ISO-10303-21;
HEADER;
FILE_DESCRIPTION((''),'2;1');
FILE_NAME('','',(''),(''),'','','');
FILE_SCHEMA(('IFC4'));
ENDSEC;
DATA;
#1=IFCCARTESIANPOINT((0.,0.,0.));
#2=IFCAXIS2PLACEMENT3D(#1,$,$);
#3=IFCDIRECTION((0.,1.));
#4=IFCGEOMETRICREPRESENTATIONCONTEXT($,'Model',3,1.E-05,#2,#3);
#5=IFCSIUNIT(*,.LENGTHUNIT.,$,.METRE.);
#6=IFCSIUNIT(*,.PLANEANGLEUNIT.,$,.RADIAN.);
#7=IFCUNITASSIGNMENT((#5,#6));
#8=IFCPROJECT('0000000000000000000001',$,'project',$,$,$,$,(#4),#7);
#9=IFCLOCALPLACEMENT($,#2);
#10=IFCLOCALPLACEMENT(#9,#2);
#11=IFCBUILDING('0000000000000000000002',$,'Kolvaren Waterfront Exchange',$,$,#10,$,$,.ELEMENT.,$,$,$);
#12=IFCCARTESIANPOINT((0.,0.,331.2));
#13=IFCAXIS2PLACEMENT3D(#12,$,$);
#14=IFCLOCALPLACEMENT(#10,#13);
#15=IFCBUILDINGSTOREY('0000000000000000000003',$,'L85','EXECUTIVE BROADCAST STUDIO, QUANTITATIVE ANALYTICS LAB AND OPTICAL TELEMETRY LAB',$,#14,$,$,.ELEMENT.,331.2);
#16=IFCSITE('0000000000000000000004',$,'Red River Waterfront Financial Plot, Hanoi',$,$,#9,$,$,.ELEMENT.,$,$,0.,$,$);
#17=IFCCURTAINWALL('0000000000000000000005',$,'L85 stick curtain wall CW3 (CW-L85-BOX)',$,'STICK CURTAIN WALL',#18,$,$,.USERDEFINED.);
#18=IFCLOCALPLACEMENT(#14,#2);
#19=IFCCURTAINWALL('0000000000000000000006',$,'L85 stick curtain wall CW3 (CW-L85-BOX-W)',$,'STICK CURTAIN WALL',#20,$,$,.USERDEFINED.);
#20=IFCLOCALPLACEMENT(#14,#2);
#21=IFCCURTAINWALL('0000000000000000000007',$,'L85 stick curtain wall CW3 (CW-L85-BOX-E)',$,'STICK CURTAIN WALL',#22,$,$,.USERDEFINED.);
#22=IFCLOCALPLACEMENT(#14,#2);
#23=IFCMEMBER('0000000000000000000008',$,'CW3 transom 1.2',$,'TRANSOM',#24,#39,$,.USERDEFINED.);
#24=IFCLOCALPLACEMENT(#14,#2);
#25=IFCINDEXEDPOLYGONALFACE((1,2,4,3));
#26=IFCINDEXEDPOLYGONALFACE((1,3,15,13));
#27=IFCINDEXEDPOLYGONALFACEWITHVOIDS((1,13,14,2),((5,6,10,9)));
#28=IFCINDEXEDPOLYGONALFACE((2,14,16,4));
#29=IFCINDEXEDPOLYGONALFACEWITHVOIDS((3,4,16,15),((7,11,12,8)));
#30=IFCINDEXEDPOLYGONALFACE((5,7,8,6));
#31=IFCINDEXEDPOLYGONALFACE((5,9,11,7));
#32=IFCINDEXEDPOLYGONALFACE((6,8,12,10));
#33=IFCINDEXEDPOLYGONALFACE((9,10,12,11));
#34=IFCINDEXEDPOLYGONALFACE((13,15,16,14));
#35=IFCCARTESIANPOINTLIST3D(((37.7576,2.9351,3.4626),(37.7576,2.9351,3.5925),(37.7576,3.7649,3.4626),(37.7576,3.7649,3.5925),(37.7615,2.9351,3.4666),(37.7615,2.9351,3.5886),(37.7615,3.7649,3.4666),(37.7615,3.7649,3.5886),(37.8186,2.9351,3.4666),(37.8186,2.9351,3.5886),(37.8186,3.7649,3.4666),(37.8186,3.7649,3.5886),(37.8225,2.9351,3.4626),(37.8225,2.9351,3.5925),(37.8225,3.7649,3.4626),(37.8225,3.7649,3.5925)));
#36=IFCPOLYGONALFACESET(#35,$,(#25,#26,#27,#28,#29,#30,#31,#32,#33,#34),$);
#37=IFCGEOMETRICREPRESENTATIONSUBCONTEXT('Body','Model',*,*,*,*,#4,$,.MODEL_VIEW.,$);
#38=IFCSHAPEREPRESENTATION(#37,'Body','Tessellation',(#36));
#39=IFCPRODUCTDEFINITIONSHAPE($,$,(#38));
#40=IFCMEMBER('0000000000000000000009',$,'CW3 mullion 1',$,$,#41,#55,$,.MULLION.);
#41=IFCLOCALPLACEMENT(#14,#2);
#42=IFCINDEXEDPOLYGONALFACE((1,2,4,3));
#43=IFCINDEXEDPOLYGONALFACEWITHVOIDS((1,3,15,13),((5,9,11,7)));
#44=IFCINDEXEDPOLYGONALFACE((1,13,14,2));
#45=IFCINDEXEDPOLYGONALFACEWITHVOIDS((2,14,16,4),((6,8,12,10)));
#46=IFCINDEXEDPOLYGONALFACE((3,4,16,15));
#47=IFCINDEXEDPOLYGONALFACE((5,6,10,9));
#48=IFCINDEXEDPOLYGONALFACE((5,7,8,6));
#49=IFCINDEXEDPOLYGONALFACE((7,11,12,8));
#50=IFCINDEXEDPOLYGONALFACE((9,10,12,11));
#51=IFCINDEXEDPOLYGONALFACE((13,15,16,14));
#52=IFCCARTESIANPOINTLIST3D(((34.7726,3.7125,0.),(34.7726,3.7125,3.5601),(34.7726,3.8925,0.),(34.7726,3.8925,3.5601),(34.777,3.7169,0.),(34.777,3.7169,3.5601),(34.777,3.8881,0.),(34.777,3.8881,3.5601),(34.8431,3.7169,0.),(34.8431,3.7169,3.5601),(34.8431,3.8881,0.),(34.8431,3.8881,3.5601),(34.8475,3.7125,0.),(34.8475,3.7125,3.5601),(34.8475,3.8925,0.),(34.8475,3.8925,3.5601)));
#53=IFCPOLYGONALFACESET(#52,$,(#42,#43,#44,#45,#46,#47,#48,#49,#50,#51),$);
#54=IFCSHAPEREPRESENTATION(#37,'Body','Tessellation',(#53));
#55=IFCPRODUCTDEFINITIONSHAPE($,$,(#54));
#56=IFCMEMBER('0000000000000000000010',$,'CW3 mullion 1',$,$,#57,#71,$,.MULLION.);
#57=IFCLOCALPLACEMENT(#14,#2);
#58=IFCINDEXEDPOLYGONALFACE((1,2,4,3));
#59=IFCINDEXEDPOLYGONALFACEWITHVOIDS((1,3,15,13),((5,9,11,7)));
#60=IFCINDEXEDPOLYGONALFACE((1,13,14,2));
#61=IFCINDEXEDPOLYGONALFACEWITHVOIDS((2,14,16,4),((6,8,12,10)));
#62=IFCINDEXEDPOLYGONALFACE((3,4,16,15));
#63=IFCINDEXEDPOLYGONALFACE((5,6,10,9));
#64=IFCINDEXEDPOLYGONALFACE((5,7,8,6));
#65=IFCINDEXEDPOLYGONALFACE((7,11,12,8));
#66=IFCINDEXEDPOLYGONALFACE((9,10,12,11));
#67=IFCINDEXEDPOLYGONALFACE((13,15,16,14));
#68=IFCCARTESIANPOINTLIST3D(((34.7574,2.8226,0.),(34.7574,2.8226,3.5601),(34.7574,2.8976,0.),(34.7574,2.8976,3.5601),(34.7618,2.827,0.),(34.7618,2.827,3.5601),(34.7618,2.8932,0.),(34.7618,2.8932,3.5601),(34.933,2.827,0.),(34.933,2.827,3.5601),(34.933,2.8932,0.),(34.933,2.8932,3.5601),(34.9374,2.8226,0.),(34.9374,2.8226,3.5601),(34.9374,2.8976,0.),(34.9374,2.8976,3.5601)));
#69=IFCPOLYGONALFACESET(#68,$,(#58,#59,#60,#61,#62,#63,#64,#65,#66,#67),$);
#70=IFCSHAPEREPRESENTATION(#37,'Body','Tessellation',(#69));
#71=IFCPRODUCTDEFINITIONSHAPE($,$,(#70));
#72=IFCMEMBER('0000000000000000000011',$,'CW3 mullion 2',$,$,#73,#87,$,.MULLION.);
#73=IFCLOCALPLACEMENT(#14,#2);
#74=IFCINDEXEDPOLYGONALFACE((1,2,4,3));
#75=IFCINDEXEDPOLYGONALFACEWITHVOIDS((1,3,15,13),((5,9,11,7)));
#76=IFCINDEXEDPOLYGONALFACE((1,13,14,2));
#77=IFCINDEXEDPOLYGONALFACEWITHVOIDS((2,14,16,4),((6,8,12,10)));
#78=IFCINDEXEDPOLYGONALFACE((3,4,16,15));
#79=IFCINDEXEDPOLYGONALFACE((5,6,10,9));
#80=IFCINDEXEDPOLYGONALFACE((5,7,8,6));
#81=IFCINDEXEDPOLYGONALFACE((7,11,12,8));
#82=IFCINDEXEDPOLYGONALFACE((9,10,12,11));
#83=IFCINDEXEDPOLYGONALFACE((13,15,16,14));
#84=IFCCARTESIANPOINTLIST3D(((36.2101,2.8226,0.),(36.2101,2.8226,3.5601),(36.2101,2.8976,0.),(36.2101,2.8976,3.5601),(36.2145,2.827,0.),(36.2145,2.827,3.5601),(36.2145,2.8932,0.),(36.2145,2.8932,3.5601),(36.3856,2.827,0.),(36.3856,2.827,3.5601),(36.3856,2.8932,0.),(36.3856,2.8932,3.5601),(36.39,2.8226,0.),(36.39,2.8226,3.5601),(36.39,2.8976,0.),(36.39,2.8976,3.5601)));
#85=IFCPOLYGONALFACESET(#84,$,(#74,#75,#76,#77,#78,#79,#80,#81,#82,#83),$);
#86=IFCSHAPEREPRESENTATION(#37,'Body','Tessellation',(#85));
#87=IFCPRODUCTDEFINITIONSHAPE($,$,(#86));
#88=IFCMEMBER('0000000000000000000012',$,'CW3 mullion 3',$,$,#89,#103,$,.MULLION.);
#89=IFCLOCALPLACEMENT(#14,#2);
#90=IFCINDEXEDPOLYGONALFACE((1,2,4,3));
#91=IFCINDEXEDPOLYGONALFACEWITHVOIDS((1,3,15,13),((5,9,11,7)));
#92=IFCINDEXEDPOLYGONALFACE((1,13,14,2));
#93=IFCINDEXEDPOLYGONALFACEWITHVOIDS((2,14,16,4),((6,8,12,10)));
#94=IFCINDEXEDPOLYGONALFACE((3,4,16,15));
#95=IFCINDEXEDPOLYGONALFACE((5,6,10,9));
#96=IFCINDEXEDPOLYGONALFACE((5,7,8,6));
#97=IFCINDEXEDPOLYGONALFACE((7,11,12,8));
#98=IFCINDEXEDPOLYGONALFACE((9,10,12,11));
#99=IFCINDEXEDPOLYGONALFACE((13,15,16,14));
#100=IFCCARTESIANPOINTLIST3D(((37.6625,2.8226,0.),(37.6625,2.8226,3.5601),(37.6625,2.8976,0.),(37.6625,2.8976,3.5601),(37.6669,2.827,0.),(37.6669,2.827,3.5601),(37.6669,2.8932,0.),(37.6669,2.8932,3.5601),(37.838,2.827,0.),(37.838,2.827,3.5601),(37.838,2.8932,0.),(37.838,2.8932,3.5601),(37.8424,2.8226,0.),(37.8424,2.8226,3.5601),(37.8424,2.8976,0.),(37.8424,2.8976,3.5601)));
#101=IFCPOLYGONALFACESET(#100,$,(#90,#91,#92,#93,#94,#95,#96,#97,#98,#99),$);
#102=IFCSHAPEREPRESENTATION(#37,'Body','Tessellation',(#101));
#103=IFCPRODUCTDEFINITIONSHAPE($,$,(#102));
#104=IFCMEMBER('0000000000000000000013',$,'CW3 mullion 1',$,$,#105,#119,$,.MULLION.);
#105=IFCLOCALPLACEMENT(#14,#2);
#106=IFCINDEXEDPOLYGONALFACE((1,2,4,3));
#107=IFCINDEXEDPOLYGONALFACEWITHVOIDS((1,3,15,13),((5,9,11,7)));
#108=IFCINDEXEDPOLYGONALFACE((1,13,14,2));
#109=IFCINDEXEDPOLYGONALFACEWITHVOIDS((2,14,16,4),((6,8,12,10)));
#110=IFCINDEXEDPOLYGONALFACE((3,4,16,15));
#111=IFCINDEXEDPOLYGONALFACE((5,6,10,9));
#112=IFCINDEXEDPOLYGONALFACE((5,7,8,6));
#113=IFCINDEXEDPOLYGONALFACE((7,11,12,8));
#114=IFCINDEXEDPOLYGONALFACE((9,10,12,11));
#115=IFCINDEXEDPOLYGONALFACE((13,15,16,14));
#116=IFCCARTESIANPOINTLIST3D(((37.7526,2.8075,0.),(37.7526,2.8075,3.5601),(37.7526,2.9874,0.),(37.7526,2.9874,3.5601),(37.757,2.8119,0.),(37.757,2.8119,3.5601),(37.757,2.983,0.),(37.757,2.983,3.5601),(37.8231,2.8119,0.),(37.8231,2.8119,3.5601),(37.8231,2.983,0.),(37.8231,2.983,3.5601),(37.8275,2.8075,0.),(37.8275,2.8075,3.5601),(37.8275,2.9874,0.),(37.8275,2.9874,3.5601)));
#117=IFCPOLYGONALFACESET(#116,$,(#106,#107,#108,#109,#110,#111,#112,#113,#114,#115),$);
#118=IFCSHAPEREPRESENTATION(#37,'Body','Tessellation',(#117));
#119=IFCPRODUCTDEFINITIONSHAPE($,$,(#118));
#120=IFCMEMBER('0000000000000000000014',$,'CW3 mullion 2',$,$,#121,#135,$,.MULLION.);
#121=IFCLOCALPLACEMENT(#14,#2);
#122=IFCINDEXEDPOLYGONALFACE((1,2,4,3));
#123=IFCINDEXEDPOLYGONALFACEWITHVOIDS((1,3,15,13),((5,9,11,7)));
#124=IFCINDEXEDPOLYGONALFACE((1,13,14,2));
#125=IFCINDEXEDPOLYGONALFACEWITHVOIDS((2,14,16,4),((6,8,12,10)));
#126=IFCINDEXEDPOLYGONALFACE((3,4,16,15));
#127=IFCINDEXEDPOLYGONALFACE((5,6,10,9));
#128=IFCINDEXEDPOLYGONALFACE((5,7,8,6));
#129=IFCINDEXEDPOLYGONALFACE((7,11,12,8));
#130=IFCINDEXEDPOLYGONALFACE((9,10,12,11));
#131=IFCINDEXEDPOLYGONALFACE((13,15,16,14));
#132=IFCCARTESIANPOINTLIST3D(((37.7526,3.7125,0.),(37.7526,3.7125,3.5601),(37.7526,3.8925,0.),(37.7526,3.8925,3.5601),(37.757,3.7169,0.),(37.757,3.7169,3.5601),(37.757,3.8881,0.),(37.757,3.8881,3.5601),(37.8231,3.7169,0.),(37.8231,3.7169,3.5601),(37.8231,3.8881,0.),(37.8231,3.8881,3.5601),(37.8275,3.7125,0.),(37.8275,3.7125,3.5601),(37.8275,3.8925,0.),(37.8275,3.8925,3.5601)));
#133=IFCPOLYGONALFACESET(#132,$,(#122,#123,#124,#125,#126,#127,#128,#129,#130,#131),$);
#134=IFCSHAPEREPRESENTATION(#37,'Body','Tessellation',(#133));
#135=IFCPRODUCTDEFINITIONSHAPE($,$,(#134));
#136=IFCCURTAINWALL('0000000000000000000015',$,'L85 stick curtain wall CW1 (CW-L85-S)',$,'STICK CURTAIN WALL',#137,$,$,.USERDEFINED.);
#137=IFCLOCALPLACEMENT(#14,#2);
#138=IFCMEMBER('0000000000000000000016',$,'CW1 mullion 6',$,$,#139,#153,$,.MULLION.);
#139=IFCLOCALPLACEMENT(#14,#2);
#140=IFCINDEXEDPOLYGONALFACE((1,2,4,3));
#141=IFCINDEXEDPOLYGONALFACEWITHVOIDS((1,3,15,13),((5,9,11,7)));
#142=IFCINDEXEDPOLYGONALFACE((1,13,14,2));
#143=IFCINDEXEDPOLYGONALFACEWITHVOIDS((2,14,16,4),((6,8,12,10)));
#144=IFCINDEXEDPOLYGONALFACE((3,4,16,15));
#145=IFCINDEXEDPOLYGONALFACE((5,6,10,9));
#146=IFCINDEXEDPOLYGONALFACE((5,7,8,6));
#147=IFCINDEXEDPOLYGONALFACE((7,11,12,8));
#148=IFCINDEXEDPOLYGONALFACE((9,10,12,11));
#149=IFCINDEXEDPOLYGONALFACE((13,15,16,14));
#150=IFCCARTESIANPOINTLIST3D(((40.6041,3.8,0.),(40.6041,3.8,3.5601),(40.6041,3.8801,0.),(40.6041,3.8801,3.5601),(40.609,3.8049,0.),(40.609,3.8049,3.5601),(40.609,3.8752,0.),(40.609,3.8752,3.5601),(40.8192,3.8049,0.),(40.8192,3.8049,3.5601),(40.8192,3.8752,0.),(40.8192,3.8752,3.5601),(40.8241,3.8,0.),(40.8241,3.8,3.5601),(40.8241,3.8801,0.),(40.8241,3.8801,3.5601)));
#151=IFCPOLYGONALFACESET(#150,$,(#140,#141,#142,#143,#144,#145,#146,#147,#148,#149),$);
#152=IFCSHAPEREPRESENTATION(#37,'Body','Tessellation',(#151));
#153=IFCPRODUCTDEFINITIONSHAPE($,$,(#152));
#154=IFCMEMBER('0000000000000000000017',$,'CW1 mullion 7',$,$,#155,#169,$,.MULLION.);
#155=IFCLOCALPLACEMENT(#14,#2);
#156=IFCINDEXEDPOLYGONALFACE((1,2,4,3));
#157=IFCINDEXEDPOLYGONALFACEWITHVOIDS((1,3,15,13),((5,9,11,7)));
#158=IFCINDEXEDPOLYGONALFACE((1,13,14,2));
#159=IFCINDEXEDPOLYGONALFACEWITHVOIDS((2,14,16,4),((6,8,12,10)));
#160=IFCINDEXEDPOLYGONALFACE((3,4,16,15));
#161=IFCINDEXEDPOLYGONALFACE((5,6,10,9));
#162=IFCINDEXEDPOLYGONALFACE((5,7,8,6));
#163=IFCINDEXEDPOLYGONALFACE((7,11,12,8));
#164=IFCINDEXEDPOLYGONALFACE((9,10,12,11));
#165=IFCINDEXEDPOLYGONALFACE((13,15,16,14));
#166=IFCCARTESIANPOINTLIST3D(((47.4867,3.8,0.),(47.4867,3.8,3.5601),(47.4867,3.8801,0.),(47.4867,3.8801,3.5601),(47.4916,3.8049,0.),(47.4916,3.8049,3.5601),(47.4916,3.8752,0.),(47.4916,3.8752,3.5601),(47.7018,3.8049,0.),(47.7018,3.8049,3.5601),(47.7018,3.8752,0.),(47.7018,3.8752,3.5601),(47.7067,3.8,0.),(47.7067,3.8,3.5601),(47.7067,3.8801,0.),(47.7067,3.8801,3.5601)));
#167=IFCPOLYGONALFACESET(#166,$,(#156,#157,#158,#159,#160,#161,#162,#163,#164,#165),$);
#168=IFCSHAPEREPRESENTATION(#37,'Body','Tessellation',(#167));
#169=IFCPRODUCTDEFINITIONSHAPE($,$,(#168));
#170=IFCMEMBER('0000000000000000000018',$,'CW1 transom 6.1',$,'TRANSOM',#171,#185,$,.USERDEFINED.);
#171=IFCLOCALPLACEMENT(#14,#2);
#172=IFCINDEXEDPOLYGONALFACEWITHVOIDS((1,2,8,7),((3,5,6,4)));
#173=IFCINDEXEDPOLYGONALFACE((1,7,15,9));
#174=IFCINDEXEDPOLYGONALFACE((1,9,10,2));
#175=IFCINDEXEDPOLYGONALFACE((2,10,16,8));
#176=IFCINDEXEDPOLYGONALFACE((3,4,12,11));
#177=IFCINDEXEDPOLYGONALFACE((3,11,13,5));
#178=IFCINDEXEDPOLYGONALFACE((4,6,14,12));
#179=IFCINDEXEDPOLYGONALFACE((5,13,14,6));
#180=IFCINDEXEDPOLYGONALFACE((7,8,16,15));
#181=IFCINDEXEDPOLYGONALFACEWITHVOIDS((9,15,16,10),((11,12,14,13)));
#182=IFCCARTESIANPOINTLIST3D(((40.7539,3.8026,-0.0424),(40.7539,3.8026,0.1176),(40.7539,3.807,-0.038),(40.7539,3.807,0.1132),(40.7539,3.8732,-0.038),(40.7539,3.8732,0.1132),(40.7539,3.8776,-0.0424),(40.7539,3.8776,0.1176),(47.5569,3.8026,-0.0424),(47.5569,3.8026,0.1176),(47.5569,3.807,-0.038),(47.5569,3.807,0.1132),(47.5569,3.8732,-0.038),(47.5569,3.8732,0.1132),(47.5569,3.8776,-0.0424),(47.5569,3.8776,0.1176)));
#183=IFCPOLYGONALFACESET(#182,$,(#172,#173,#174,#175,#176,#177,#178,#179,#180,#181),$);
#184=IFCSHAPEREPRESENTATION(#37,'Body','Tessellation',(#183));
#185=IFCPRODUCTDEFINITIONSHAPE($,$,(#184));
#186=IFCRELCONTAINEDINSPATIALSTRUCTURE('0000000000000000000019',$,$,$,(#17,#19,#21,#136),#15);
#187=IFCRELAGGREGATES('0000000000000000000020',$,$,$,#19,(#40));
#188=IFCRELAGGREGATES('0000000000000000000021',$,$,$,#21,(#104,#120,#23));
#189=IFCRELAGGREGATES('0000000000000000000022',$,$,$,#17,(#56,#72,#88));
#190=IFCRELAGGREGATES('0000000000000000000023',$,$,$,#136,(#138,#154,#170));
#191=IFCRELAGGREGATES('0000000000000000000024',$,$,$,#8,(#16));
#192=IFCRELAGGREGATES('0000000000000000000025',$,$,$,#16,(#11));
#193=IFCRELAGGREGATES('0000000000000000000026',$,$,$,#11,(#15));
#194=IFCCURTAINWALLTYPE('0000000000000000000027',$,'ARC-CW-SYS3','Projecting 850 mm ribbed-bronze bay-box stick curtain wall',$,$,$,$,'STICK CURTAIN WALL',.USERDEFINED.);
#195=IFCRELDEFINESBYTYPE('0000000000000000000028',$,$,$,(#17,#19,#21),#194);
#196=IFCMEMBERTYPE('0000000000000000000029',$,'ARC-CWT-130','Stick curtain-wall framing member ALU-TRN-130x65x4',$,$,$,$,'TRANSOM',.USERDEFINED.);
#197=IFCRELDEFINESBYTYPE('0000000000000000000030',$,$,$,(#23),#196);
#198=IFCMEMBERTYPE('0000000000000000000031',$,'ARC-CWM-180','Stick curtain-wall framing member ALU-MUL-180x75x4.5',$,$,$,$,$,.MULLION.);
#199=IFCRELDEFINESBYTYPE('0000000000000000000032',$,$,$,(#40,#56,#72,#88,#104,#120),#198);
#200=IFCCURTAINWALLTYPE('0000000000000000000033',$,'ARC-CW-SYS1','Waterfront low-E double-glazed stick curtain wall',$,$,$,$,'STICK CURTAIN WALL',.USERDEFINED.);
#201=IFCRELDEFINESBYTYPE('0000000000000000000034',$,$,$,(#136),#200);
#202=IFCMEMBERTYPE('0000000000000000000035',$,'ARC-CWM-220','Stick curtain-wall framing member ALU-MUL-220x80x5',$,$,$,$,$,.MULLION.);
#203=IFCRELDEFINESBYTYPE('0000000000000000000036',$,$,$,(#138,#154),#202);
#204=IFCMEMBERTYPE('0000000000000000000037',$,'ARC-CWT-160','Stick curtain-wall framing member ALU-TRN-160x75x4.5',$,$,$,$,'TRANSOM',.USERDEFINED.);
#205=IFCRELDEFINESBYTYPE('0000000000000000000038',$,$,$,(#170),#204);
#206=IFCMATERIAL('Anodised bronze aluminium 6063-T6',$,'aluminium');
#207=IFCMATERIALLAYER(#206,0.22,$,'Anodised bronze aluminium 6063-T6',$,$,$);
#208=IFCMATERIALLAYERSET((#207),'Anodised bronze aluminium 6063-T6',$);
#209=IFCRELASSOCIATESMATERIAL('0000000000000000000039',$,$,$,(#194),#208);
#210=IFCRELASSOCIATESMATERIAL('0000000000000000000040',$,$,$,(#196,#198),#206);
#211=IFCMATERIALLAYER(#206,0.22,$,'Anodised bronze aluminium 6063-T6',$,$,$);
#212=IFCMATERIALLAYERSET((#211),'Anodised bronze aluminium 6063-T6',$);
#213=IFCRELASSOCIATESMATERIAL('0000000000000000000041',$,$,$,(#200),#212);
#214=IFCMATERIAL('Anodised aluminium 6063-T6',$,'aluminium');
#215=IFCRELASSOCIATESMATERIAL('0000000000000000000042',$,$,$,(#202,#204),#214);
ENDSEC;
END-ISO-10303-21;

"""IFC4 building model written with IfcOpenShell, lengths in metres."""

from ifc_helpers import new_model, si_unit, direction, frame, origin, origin_with_axes, origin_2d, place, context, subcontext, project, spatial, hollow_rectangle, extrude, source, transform, mapped, material, layer, layer_set, material_profile, profile_set, type_object, element, aggregate, save


model = new_model("IFC4")

# Units and contexts
model_context = context("Model", 3, precision=1e-05, world=origin(), true_north=direction((0.0, 1.0)))
body_context = subcontext(model_context, "Body", "Model", "MODEL_VIEW")
ifc_project = project(units=[si_unit("LENGTHUNIT", "METRE"), si_unit("PLANEANGLEUNIT", "RADIAN")], contexts=[model_context])

# Site, building, storey
site_placement = place(None, origin())
site = spatial("IfcSite", under=ifc_project, at=site_placement, Name="Red River Waterfront Financial Plot, Hanoi", CompositionType="ELEMENT", RefElevation=0.0)
building_placement = place(site_placement, origin())
building = spatial("IfcBuilding", under=site, at=building_placement, Name="Kolvaren Waterfront Exchange", CompositionType="ELEMENT")
storey_placement = place(building_placement, frame((0.0, 0.0, 331.2)))
storey = spatial("IfcBuildingStorey", under=building, at=storey_placement, Name="L85", Description="EXECUTIVE BROADCAST STUDIO, QUANTITATIVE ANALYTICS LAB AND OPTICAL TELEMETRY LAB", CompositionType="ELEMENT", Elevation=331.2)

# Curtain walls, member
ifc_material_1 = material(Name="Anodised bronze aluminium 6063-T6", Category="aluminium")
ifc_layer_1 = layer(ifc_material_1, 0.22, Name="Anodised bronze aluminium 6063-T6")
ifc_layer_set_1 = layer_set([ifc_layer_1], Name="Anodised bronze aluminium 6063-T6")
curtain_wall_type_1 = type_object("IfcCurtainWallType", Name="ARC-CW-SYS3", Description="Projecting 850 mm ribbed-bronze bay-box stick curtain wall", ElementType="STICK CURTAIN WALL", PredefinedType="USERDEFINED", material=ifc_layer_set_1)
curtain_wall_1_placement = place(storey_placement, origin())
curtain_wall_1 = element("IfcCurtainWall", 1, at=curtain_wall_1_placement, inside=storey, type_object=curtain_wall_type_1, Name="L85 stick curtain wall CW3 (CW-L85-BOX)", ObjectType="STICK CURTAIN WALL", PredefinedType="USERDEFINED")
ifc_material_profile_1 = material_profile(ifc_material_1, hollow_rectangle(XDim=0.0649, YDim=0.1299, WallThickness=0.0039, at=origin_2d()), Name="ALU-TRN-130x65x4")
ifc_profile_set_1 = profile_set([ifc_material_profile_1], Name="Anodised bronze aluminium 6063-T6")
member_type_1 = type_object("IfcMemberType", Name="ARC-CWT-130", Description="Stick curtain-wall framing member ALU-TRN-130x65x4", ElementType="TRANSOM", PredefinedType="USERDEFINED", material=ifc_profile_set_1)
curtain_wall_2_placement = place(storey_placement, origin())
curtain_wall_2 = element("IfcCurtainWall", 2, at=curtain_wall_2_placement, inside=storey, type_object=curtain_wall_type_1, Name="L85 stick curtain wall CW3 (CW-L85-BOX-W)", ObjectType="STICK CURTAIN WALL", PredefinedType="USERDEFINED")
shared_shape_1 = source(origin_with_axes(), body_context, "Body", "SweptSolid", [
    extrude(hollow_rectangle(XDim=0.0649, YDim=0.1299, WallThickness=0.0039, at=origin_2d()), origin(), (0.0, 0.0, 1.0), 0.8298),
])
curtain_wall_3_placement = place(storey_placement, origin())
curtain_wall_3 = element("IfcCurtainWall", 3, at=curtain_wall_3_placement, inside=storey, type_object=curtain_wall_type_1, Name="L85 stick curtain wall CW3 (CW-L85-BOX-E)", ObjectType="STICK CURTAIN WALL", PredefinedType="USERDEFINED")
member_1_placement = place(storey_placement, frame((37.79, 2.9351, 3.5276), z_axis=(0.0, 1.0, 0.0), x_axis=(-1.0, 0.0, 0.0)))
member_1 = element("IfcMember", 4, at=member_1_placement, type_object=member_type_1, Name="CW3 transom 1.2", ObjectType="TRANSOM", PredefinedType="USERDEFINED", context=body_context, shape_type="MappedRepresentation", body=[
    mapped(shared_shape_1, transform((0.0, 0.0, 0.0), x_axis=(1.0, 0.0, 0.0), y_axis=(0.0, 1.0, 0.0), z_axis=(0.0, 0.0, 1.0), scale=1.0)),
])

# Members
ifc_material_profile_2 = material_profile(ifc_material_1, hollow_rectangle(XDim=0.075, YDim=0.1799, WallThickness=0.0044, at=origin_2d()), Name="ALU-MUL-180x75x4.5")
ifc_profile_set_2 = profile_set([ifc_material_profile_2], Name="Anodised bronze aluminium 6063-T6")
member_type_2 = type_object("IfcMemberType", Name="ARC-CWM-180", Description="Stick curtain-wall framing member ALU-MUL-180x75x4.5", PredefinedType="MULLION", material=ifc_profile_set_2)
shared_shape_2 = source(origin_with_axes(), body_context, "Body", "SweptSolid", [
    extrude(hollow_rectangle(XDim=0.075, YDim=0.1799, WallThickness=0.0044, at=origin_2d()), origin(), (0.0, 0.0, 1.0), 3.5601),
])
member_2_placement = place(storey_placement, frame((34.8101, 3.8025, 0.0), z_axis=(0.0, 0.0, 1.0), x_axis=(1.0, 0.0, 0.0)))
member_2 = element("IfcMember", 5, at=member_2_placement, type_object=member_type_2, Name="CW3 mullion 1", PredefinedType="MULLION", context=body_context, shape_type="MappedRepresentation", body=[
    mapped(shared_shape_2, transform((0.0, 0.0, 0.0), x_axis=(1.0, 0.0, 0.0), y_axis=(0.0, 1.0, 0.0), z_axis=(0.0, 0.0, 1.0), scale=1.0)),
])
member_3_placement = place(storey_placement, frame((34.8474, 2.8601, 0.0), z_axis=(0.0, 0.0, 1.0), x_axis=(0.0, 1.0, 0.0)))
member_3 = element("IfcMember", 6, at=member_3_placement, type_object=member_type_2, Name="CW3 mullion 1", PredefinedType="MULLION", context=body_context, shape_type="MappedRepresentation", body=[
    mapped(shared_shape_2, transform((0.0, 0.0, 0.0), x_axis=(1.0, 0.0, 0.0), y_axis=(0.0, 1.0, 0.0), z_axis=(0.0, 0.0, 1.0), scale=1.0)),
])
member_4_placement = place(storey_placement, frame((36.3, 2.8601, 0.0), z_axis=(0.0, 0.0, 1.0), x_axis=(0.0, 1.0, 0.0)))
member_4 = element("IfcMember", 7, at=member_4_placement, type_object=member_type_2, Name="CW3 mullion 2", PredefinedType="MULLION", context=body_context, shape_type="MappedRepresentation", body=[
    mapped(shared_shape_2, transform((0.0, 0.0, 0.0), x_axis=(1.0, 0.0, 0.0), y_axis=(0.0, 1.0, 0.0), z_axis=(0.0, 0.0, 1.0), scale=1.0)),
])
member_5_placement = place(storey_placement, frame((37.7524, 2.8601, 0.0), z_axis=(0.0, 0.0, 1.0), x_axis=(0.0, 1.0, 0.0)))
member_5 = element("IfcMember", 8, at=member_5_placement, type_object=member_type_2, Name="CW3 mullion 3", PredefinedType="MULLION", context=body_context, shape_type="MappedRepresentation", body=[
    mapped(shared_shape_2, transform((0.0, 0.0, 0.0), x_axis=(1.0, 0.0, 0.0), y_axis=(0.0, 1.0, 0.0), z_axis=(0.0, 0.0, 1.0), scale=1.0)),
])
member_6_placement = place(storey_placement, frame((37.79, 2.8975, 0.0), z_axis=(0.0, 0.0, 1.0), x_axis=(-1.0, 0.0, 0.0)))
member_6 = element("IfcMember", 9, at=member_6_placement, type_object=member_type_2, Name="CW3 mullion 1", PredefinedType="MULLION", context=body_context, shape_type="MappedRepresentation", body=[
    mapped(shared_shape_2, transform((0.0, 0.0, 0.0), x_axis=(1.0, 0.0, 0.0), y_axis=(0.0, 1.0, 0.0), z_axis=(0.0, 0.0, 1.0), scale=1.0)),
])
member_7_placement = place(storey_placement, frame((37.79, 3.8025, 0.0), z_axis=(0.0, 0.0, 1.0), x_axis=(-1.0, 0.0, 0.0)))
member_7 = element("IfcMember", 10, at=member_7_placement, type_object=member_type_2, Name="CW3 mullion 2", PredefinedType="MULLION", context=body_context, shape_type="MappedRepresentation", body=[
    mapped(shared_shape_2, transform((0.0, 0.0, 0.0), x_axis=(1.0, 0.0, 0.0), y_axis=(0.0, 1.0, 0.0), z_axis=(0.0, 0.0, 1.0), scale=1.0)),
])

# Curtain wall, members
ifc_layer_2 = layer(ifc_material_1, 0.22, Name="Anodised bronze aluminium 6063-T6")
ifc_layer_set_2 = layer_set([ifc_layer_2], Name="Anodised bronze aluminium 6063-T6")
curtain_wall_type_2 = type_object("IfcCurtainWallType", Name="ARC-CW-SYS1", Description="Waterfront low-E double-glazed stick curtain wall", ElementType="STICK CURTAIN WALL", PredefinedType="USERDEFINED", material=ifc_layer_set_2)
curtain_wall_4_placement = place(storey_placement, origin())
curtain_wall_4 = element("IfcCurtainWall", 11, at=curtain_wall_4_placement, inside=storey, type_object=curtain_wall_type_2, Name="L85 stick curtain wall CW1 (CW-L85-S)", ObjectType="STICK CURTAIN WALL", PredefinedType="USERDEFINED")
ifc_material_2 = material(Name="Anodised aluminium 6063-T6", Category="aluminium")
ifc_material_profile_3 = material_profile(ifc_material_2, hollow_rectangle(XDim=0.0801, YDim=0.22, WallThickness=0.0049, at=origin_2d()), Name="ALU-MUL-220x80x5")
ifc_profile_set_3 = profile_set([ifc_material_profile_3], Name="Anodised aluminium 6063-T6")
member_type_3 = type_object("IfcMemberType", Name="ARC-CWM-220", Description="Stick curtain-wall framing member ALU-MUL-220x80x5", PredefinedType="MULLION", material=ifc_profile_set_3)
shared_shape_3 = source(origin_with_axes(), body_context, "Body", "SweptSolid", [
    extrude(hollow_rectangle(XDim=0.0801, YDim=0.22, WallThickness=0.0049, at=origin_2d()), origin(), (0.0, 0.0, 1.0), 3.5601),
])
member_8_placement = place(storey_placement, frame((40.7141, 3.8401, 0.0), z_axis=(0.0, 0.0, 1.0), x_axis=(0.0, 1.0, 0.0)))
member_8 = element("IfcMember", 12, at=member_8_placement, type_object=member_type_3, Name="CW1 mullion 6", PredefinedType="MULLION", context=body_context, shape_type="MappedRepresentation", body=[
    mapped(shared_shape_3, transform((0.0, 0.0, 0.0), x_axis=(1.0, 0.0, 0.0), y_axis=(0.0, 1.0, 0.0), z_axis=(0.0, 0.0, 1.0), scale=1.0)),
])
member_9_placement = place(storey_placement, frame((47.5967, 3.8401, 0.0), z_axis=(0.0, 0.0, 1.0), x_axis=(0.0, 1.0, 0.0)))
member_9 = element("IfcMember", 13, at=member_9_placement, type_object=member_type_3, Name="CW1 mullion 7", PredefinedType="MULLION", context=body_context, shape_type="MappedRepresentation", body=[
    mapped(shared_shape_3, transform((0.0, 0.0, 0.0), x_axis=(1.0, 0.0, 0.0), y_axis=(0.0, 1.0, 0.0), z_axis=(0.0, 0.0, 1.0), scale=1.0)),
])
ifc_material_profile_4 = material_profile(ifc_material_2, hollow_rectangle(XDim=0.075, YDim=0.1599, WallThickness=0.0044, at=origin_2d()), Name="ALU-TRN-160x75x4.5")
ifc_profile_set_4 = profile_set([ifc_material_profile_4], Name="Anodised aluminium 6063-T6")
member_type_4 = type_object("IfcMemberType", Name="ARC-CWT-160", Description="Stick curtain-wall framing member ALU-TRN-160x75x4.5", ElementType="TRANSOM", PredefinedType="USERDEFINED", material=ifc_profile_set_4)
shared_shape_4 = source(origin_with_axes(), body_context, "Body", "SweptSolid", [
    extrude(hollow_rectangle(XDim=0.075, YDim=0.1599, WallThickness=0.0044, at=origin_2d()), origin(), (0.0, 0.0, 1.0), 6.803),
])
member_10_placement = place(storey_placement, frame((40.7539, 3.8401, 0.0376), z_axis=(1.0, 0.0, 0.0), x_axis=(0.0, 1.0, 0.0)))
member_10 = element("IfcMember", 14, at=member_10_placement, type_object=member_type_4, Name="CW1 transom 6.1", ObjectType="TRANSOM", PredefinedType="USERDEFINED", context=body_context, shape_type="MappedRepresentation", body=[
    mapped(shared_shape_4, transform((0.0, 0.0, 0.0), x_axis=(1.0, 0.0, 0.0), y_axis=(0.0, 1.0, 0.0), z_axis=(0.0, 0.0, 1.0), scale=1.0)),
])

aggregate(curtain_wall_2, [member_2])
aggregate(curtain_wall_3, [member_6, member_7, member_1])
aggregate(curtain_wall_1, [member_3, member_4, member_5])
aggregate(curtain_wall_4, [member_8, member_9, member_10])

save(model, "model.ifc")
